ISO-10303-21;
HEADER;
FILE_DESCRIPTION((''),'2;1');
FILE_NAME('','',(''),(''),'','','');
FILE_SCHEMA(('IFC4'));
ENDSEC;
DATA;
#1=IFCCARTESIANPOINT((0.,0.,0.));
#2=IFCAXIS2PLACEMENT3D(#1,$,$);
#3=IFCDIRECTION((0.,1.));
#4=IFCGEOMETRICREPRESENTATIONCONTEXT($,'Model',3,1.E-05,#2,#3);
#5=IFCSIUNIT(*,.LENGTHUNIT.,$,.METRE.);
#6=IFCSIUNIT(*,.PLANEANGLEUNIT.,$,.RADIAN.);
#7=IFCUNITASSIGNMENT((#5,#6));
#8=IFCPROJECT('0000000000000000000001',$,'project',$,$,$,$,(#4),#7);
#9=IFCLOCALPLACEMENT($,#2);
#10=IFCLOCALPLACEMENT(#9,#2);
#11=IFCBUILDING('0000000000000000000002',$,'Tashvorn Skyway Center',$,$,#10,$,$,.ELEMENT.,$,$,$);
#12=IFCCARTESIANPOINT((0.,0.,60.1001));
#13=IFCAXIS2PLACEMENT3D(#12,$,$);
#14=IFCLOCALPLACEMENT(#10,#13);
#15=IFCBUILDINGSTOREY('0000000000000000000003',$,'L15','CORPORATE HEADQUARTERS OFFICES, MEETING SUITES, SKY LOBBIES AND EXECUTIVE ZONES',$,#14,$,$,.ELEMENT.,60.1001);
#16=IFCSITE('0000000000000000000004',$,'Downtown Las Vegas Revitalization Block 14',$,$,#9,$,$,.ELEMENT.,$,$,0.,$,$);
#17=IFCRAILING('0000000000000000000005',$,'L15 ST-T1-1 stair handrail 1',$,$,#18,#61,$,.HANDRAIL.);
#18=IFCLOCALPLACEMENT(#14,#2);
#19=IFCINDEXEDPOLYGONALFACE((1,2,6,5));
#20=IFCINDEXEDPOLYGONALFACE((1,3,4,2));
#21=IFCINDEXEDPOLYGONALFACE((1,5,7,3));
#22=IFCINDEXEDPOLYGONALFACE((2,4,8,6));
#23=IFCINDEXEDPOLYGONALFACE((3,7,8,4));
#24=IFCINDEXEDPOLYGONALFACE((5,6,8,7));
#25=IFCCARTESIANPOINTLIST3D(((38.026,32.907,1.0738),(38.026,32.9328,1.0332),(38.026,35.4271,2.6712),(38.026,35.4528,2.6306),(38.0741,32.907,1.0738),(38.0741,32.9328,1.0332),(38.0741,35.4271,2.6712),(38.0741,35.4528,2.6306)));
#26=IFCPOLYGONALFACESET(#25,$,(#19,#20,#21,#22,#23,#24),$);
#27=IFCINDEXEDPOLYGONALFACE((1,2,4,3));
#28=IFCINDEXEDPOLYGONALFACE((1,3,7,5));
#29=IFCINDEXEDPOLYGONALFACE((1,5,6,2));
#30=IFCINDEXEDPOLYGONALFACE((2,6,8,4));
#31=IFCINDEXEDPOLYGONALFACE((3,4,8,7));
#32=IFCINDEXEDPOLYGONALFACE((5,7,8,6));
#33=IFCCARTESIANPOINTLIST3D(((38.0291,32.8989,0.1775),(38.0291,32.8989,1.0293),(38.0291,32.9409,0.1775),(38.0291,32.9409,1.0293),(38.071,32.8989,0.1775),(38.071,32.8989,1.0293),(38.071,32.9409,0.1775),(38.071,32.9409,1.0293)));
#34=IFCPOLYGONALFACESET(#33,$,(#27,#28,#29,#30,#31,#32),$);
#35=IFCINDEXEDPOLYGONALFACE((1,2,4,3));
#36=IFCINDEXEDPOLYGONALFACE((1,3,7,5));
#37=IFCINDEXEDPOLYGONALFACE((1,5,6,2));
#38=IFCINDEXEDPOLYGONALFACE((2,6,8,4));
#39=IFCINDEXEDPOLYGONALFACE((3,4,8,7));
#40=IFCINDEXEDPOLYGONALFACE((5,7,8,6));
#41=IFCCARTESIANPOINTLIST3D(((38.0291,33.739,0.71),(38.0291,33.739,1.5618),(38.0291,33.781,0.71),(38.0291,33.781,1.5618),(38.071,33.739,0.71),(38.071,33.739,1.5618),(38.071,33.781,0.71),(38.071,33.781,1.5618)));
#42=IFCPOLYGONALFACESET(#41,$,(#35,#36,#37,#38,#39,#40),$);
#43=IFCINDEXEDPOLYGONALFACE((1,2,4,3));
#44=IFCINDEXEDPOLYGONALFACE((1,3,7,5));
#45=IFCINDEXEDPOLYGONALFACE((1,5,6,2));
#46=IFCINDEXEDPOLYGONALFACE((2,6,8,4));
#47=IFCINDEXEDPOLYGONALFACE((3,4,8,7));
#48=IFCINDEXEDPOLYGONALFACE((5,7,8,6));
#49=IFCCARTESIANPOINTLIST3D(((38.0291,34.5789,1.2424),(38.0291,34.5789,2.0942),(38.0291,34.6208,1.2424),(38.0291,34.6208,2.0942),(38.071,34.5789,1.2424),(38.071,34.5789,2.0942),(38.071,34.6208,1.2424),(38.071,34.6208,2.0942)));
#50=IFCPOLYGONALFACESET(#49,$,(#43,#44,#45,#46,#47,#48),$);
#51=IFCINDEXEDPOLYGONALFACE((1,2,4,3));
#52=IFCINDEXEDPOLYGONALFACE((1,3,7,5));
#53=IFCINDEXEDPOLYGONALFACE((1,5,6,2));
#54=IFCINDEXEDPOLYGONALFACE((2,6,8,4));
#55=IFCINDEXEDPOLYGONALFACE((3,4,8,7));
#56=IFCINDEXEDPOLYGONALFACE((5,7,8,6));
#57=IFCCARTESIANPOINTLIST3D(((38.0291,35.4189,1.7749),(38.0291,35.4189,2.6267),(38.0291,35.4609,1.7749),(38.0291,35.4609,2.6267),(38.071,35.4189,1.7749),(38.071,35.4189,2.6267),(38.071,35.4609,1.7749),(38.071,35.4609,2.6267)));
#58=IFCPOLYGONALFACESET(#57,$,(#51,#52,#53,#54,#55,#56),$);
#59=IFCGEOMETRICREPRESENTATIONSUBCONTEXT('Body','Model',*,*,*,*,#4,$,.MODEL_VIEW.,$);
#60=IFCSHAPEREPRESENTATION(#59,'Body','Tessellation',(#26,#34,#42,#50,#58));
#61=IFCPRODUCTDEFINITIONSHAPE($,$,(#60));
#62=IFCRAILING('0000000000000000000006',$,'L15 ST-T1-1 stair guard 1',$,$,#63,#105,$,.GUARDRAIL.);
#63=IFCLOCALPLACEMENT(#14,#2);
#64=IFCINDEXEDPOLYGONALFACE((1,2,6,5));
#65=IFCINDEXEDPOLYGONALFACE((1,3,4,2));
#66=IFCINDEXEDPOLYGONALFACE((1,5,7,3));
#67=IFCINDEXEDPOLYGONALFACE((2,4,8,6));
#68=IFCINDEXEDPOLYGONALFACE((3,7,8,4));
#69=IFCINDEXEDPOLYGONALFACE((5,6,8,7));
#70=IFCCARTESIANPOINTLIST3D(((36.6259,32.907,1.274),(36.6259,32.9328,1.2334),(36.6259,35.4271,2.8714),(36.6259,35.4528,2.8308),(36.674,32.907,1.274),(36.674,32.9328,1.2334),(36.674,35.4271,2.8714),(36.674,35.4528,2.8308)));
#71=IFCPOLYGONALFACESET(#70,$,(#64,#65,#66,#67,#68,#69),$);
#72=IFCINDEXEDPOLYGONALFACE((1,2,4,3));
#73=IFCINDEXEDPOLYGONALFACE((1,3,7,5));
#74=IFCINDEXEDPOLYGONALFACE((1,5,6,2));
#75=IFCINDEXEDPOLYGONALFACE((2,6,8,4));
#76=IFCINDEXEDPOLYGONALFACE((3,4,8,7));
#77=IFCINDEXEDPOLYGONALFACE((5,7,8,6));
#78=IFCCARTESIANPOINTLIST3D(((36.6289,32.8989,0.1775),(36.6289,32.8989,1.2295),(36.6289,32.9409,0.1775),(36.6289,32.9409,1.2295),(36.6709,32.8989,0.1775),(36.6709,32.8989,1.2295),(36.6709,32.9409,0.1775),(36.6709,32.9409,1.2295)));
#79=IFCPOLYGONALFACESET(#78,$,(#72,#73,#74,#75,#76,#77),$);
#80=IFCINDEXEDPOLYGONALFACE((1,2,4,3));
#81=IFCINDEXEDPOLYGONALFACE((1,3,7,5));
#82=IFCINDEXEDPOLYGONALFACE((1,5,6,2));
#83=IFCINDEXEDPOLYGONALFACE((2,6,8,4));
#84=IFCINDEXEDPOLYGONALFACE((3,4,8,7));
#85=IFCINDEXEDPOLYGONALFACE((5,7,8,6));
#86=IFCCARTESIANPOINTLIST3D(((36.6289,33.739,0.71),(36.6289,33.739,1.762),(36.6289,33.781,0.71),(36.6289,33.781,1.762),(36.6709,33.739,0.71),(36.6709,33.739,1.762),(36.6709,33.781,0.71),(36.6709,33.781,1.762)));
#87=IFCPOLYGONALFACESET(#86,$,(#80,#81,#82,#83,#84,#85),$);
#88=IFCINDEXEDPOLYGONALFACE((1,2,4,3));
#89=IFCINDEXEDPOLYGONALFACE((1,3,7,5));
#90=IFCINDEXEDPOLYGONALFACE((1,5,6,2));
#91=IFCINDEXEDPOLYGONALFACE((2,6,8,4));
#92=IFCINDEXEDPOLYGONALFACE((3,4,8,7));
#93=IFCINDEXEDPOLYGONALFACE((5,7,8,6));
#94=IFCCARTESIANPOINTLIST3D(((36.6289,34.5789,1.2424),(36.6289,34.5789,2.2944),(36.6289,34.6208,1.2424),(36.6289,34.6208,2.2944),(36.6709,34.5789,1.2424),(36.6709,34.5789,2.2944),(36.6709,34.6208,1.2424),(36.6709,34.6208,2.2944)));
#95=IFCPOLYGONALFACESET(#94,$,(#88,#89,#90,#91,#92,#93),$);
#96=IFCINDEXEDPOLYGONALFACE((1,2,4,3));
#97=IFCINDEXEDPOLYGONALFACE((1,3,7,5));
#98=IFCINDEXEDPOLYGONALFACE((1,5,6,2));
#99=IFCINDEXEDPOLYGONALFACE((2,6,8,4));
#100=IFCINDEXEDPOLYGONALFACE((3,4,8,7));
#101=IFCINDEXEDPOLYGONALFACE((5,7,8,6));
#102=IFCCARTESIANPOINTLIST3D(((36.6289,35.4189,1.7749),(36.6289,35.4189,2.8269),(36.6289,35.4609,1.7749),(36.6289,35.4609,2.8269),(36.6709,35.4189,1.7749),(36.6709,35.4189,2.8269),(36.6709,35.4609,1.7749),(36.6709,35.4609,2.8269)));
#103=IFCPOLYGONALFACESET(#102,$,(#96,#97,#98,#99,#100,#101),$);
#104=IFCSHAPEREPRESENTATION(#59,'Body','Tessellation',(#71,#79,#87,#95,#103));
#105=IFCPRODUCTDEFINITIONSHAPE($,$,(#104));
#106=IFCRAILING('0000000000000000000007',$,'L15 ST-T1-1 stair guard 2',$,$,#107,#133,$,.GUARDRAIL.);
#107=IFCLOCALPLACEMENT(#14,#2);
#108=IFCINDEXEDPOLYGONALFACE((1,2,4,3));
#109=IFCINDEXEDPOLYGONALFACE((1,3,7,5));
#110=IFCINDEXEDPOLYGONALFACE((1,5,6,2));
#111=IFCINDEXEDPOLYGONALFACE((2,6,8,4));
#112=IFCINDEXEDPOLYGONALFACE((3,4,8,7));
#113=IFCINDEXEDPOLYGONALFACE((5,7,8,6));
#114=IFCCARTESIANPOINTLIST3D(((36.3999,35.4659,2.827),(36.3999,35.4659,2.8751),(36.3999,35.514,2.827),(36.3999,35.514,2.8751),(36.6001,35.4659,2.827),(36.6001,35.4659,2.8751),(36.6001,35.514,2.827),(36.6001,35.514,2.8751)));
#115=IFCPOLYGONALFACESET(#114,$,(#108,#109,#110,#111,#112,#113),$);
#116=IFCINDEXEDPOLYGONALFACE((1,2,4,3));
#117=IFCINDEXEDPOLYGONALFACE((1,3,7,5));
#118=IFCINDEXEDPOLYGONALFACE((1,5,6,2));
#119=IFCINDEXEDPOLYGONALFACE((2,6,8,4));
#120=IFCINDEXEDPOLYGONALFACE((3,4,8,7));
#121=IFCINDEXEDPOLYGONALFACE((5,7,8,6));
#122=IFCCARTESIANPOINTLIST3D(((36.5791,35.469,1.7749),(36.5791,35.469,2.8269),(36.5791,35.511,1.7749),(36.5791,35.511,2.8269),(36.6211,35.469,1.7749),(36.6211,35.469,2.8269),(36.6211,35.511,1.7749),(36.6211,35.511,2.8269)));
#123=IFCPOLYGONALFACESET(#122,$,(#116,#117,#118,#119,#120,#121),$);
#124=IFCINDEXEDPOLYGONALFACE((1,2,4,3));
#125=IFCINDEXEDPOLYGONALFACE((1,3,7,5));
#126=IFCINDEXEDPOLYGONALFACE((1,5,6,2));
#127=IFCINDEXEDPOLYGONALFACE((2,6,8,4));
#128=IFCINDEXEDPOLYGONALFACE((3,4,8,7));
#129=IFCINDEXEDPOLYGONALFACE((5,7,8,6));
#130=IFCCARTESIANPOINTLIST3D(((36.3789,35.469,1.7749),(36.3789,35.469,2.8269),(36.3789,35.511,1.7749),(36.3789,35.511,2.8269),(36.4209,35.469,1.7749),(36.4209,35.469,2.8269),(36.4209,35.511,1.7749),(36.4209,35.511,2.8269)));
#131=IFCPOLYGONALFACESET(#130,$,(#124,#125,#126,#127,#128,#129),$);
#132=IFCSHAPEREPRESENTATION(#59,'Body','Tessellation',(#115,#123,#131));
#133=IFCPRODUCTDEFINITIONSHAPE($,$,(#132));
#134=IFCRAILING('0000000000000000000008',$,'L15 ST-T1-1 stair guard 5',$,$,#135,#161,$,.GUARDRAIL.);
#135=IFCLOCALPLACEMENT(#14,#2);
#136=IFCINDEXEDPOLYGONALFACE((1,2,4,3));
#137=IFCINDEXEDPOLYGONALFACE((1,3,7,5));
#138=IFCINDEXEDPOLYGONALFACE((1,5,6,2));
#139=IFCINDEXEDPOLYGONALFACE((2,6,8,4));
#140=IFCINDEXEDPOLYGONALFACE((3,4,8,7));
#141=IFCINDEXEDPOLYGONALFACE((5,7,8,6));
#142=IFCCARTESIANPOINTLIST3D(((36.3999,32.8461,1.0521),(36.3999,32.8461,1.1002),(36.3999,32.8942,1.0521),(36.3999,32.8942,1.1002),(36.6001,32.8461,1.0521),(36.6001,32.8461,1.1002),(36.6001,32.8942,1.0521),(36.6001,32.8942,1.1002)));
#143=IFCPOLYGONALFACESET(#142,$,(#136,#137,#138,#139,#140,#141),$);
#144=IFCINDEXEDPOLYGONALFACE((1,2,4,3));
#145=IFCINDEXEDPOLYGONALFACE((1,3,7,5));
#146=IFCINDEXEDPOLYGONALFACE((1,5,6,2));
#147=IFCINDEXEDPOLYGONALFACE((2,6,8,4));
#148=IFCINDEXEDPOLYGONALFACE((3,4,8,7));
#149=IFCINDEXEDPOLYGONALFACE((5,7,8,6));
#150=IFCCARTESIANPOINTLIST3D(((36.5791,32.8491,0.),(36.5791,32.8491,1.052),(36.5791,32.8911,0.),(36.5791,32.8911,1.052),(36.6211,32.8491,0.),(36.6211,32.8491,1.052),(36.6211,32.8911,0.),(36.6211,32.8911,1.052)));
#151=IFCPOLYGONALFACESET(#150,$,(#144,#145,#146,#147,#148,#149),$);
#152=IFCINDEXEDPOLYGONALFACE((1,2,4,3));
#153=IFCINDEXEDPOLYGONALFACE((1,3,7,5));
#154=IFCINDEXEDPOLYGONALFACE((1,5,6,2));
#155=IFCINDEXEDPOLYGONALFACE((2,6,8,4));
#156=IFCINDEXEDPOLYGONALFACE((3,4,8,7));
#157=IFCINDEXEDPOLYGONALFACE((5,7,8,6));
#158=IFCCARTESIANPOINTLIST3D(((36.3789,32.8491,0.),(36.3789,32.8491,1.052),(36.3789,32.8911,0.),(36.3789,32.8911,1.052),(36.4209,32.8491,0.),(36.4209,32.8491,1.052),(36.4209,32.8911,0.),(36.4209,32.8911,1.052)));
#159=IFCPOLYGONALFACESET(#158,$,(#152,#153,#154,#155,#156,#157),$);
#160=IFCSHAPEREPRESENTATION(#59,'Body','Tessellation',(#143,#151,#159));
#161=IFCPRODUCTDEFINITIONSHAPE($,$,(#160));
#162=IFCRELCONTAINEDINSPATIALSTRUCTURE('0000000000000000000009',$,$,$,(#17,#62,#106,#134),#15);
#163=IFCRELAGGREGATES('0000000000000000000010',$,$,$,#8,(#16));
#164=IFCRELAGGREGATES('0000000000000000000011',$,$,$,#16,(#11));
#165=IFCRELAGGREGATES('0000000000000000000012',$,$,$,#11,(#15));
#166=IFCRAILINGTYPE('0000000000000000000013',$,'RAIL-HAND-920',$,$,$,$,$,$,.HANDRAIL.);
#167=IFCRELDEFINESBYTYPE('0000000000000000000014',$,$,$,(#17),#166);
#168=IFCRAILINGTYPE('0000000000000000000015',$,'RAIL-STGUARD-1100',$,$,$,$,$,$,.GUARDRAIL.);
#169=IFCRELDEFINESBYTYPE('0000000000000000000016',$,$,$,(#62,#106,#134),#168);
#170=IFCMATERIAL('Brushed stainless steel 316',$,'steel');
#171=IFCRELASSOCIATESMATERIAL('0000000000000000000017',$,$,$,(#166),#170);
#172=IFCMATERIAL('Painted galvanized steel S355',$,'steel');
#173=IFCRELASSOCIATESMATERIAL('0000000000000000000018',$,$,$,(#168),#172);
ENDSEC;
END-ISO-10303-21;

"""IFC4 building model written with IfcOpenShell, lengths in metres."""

from ifc_helpers import new_model, si_unit, direction, frame, origin, origin_2d, place, context, subcontext, project, spatial, rectangle, extrude, material, type_object, element, save


model = new_model("IFC4")

# Units and contexts
model_context = context("Model", 3, precision=1e-05, world=origin(), true_north=direction((0.0, 1.0)))
body_context = subcontext(model_context, "Body", "Model", "MODEL_VIEW")
ifc_project = project(units=[si_unit("LENGTHUNIT", "METRE"), si_unit("PLANEANGLEUNIT", "RADIAN")], contexts=[model_context])

# Site, building, storey
site_placement = place(None, origin())
site = spatial("IfcSite", under=ifc_project, at=site_placement, Name="Downtown Las Vegas Revitalization Block 14", CompositionType="ELEMENT", RefElevation=0.0)
building_placement = place(site_placement, origin())
building = spatial("IfcBuilding", under=site, at=building_placement, Name="Tashvorn Skyway Center", CompositionType="ELEMENT")
storey_placement = place(building_placement, frame((0.0, 0.0, 60.1001)))
storey = spatial("IfcBuildingStorey", under=building, at=storey_placement, Name="L15", Description="CORPORATE HEADQUARTERS OFFICES, MEETING SUITES, SKY LOBBIES AND EXECUTIVE ZONES", CompositionType="ELEMENT", Elevation=60.1001)

# Railings
ifc_material_1 = material(Name="Brushed stainless steel 316", Category="steel")
railing_type_1 = type_object("IfcRailingType", Name="RAIL-HAND-920", PredefinedType="HANDRAIL", material=ifc_material_1)
railing_1_placement = place(storey_placement, frame((38.05, 32.9199, 0.1775)))
element("IfcRailing", 1, at=railing_1_placement, inside=storey, type_object=railing_type_1, Name="L15 ST-T1-1 stair handrail 1", PredefinedType="HANDRAIL", context=body_context, shape_type="SweptSolid", body=[
    extrude(rectangle(XDim=0.0481, YDim=0.0481, at=origin_2d()), frame((0.0, 0.0, 0.876), z_axis=(0.0, 0.844607, 0.535387), x_axis=(-1.0, 0.0, 0.0)), (0.0, 0.0, 1.0), 2.9836),
    extrude(rectangle(XDim=0.042, YDim=0.042, at=origin_2d()), origin(), (0.0, 0.0, 1.0), 0.8518),
    extrude(rectangle(XDim=0.042, YDim=0.042, at=origin_2d()), frame((0.0, 0.8401, 0.5325)), (0.0, 0.0, 1.0), 0.8518),
    extrude(rectangle(XDim=0.042, YDim=0.042, at=origin_2d()), frame((0.0, 1.6799, 1.0649)), (0.0, 0.0, 1.0), 0.8518),
    extrude(rectangle(XDim=0.042, YDim=0.042, at=origin_2d()), frame((0.0, 2.52, 1.5974)), (0.0, 0.0, 1.0), 0.8518),
])
ifc_material_2 = material(Name="Painted galvanized steel S355", Category="steel")
railing_type_2 = type_object("IfcRailingType", Name="RAIL-STGUARD-1100", PredefinedType="GUARDRAIL", material=ifc_material_2)
railing_2_placement = place(storey_placement, frame((36.6499, 32.9199, 0.1775)))
element("IfcRailing", 2, at=railing_2_placement, inside=storey, type_object=railing_type_2, Name="L15 ST-T1-1 stair guard 1", PredefinedType="GUARDRAIL", context=body_context, shape_type="SweptSolid", body=[
    extrude(rectangle(XDim=0.0481, YDim=0.0481, at=origin_2d()), frame((0.0, 0.0, 1.0762), z_axis=(0.0, 0.844607, 0.535387), x_axis=(-1.0, 0.0, 0.0)), (0.0, 0.0, 1.0), 2.9836),
    extrude(rectangle(XDim=0.042, YDim=0.042, at=origin_2d()), origin(), (0.0, 0.0, 1.0), 1.052),
    extrude(rectangle(XDim=0.042, YDim=0.042, at=origin_2d()), frame((0.0, 0.8401, 0.5325)), (0.0, 0.0, 1.0), 1.052),
    extrude(rectangle(XDim=0.042, YDim=0.042, at=origin_2d()), frame((0.0, 1.6799, 1.0649)), (0.0, 0.0, 1.0), 1.052),
    extrude(rectangle(XDim=0.042, YDim=0.042, at=origin_2d()), frame((0.0, 2.52, 1.5974)), (0.0, 0.0, 1.0), 1.052),
])
for number, where, name in (
    (3, (36.6001, 35.49, 1.7749), "L15 ST-T1-1 stair guard 2"),
    (4, (36.6001, 32.8701, 0.0), "L15 ST-T1-1 stair guard 5"),
):
    element("IfcRailing", number, at=place(storey_placement, frame(where)), inside=storey, type_object=railing_type_2, Name=name, PredefinedType="GUARDRAIL", context=body_context, shape_type="SweptSolid", body=[
        extrude(rectangle(XDim=0.0481, YDim=0.0481, at=origin_2d()), frame((0.0, 0.0, 1.0762), z_axis=(-1.0, 0.0, 0.0), x_axis=(0.0, -1.0, 0.0)), (0.0, 0.0, 1.0), 0.2002),
        extrude(rectangle(XDim=0.042, YDim=0.042, at=origin_2d()), origin(), (0.0, 0.0, 1.0), 1.052),
        extrude(rectangle(XDim=0.042, YDim=0.042, at=origin_2d()), frame((-0.2002, 0.0, 0.0)), (0.0, 0.0, 1.0), 1.052),
    ])

save(model, "model.ifc")
